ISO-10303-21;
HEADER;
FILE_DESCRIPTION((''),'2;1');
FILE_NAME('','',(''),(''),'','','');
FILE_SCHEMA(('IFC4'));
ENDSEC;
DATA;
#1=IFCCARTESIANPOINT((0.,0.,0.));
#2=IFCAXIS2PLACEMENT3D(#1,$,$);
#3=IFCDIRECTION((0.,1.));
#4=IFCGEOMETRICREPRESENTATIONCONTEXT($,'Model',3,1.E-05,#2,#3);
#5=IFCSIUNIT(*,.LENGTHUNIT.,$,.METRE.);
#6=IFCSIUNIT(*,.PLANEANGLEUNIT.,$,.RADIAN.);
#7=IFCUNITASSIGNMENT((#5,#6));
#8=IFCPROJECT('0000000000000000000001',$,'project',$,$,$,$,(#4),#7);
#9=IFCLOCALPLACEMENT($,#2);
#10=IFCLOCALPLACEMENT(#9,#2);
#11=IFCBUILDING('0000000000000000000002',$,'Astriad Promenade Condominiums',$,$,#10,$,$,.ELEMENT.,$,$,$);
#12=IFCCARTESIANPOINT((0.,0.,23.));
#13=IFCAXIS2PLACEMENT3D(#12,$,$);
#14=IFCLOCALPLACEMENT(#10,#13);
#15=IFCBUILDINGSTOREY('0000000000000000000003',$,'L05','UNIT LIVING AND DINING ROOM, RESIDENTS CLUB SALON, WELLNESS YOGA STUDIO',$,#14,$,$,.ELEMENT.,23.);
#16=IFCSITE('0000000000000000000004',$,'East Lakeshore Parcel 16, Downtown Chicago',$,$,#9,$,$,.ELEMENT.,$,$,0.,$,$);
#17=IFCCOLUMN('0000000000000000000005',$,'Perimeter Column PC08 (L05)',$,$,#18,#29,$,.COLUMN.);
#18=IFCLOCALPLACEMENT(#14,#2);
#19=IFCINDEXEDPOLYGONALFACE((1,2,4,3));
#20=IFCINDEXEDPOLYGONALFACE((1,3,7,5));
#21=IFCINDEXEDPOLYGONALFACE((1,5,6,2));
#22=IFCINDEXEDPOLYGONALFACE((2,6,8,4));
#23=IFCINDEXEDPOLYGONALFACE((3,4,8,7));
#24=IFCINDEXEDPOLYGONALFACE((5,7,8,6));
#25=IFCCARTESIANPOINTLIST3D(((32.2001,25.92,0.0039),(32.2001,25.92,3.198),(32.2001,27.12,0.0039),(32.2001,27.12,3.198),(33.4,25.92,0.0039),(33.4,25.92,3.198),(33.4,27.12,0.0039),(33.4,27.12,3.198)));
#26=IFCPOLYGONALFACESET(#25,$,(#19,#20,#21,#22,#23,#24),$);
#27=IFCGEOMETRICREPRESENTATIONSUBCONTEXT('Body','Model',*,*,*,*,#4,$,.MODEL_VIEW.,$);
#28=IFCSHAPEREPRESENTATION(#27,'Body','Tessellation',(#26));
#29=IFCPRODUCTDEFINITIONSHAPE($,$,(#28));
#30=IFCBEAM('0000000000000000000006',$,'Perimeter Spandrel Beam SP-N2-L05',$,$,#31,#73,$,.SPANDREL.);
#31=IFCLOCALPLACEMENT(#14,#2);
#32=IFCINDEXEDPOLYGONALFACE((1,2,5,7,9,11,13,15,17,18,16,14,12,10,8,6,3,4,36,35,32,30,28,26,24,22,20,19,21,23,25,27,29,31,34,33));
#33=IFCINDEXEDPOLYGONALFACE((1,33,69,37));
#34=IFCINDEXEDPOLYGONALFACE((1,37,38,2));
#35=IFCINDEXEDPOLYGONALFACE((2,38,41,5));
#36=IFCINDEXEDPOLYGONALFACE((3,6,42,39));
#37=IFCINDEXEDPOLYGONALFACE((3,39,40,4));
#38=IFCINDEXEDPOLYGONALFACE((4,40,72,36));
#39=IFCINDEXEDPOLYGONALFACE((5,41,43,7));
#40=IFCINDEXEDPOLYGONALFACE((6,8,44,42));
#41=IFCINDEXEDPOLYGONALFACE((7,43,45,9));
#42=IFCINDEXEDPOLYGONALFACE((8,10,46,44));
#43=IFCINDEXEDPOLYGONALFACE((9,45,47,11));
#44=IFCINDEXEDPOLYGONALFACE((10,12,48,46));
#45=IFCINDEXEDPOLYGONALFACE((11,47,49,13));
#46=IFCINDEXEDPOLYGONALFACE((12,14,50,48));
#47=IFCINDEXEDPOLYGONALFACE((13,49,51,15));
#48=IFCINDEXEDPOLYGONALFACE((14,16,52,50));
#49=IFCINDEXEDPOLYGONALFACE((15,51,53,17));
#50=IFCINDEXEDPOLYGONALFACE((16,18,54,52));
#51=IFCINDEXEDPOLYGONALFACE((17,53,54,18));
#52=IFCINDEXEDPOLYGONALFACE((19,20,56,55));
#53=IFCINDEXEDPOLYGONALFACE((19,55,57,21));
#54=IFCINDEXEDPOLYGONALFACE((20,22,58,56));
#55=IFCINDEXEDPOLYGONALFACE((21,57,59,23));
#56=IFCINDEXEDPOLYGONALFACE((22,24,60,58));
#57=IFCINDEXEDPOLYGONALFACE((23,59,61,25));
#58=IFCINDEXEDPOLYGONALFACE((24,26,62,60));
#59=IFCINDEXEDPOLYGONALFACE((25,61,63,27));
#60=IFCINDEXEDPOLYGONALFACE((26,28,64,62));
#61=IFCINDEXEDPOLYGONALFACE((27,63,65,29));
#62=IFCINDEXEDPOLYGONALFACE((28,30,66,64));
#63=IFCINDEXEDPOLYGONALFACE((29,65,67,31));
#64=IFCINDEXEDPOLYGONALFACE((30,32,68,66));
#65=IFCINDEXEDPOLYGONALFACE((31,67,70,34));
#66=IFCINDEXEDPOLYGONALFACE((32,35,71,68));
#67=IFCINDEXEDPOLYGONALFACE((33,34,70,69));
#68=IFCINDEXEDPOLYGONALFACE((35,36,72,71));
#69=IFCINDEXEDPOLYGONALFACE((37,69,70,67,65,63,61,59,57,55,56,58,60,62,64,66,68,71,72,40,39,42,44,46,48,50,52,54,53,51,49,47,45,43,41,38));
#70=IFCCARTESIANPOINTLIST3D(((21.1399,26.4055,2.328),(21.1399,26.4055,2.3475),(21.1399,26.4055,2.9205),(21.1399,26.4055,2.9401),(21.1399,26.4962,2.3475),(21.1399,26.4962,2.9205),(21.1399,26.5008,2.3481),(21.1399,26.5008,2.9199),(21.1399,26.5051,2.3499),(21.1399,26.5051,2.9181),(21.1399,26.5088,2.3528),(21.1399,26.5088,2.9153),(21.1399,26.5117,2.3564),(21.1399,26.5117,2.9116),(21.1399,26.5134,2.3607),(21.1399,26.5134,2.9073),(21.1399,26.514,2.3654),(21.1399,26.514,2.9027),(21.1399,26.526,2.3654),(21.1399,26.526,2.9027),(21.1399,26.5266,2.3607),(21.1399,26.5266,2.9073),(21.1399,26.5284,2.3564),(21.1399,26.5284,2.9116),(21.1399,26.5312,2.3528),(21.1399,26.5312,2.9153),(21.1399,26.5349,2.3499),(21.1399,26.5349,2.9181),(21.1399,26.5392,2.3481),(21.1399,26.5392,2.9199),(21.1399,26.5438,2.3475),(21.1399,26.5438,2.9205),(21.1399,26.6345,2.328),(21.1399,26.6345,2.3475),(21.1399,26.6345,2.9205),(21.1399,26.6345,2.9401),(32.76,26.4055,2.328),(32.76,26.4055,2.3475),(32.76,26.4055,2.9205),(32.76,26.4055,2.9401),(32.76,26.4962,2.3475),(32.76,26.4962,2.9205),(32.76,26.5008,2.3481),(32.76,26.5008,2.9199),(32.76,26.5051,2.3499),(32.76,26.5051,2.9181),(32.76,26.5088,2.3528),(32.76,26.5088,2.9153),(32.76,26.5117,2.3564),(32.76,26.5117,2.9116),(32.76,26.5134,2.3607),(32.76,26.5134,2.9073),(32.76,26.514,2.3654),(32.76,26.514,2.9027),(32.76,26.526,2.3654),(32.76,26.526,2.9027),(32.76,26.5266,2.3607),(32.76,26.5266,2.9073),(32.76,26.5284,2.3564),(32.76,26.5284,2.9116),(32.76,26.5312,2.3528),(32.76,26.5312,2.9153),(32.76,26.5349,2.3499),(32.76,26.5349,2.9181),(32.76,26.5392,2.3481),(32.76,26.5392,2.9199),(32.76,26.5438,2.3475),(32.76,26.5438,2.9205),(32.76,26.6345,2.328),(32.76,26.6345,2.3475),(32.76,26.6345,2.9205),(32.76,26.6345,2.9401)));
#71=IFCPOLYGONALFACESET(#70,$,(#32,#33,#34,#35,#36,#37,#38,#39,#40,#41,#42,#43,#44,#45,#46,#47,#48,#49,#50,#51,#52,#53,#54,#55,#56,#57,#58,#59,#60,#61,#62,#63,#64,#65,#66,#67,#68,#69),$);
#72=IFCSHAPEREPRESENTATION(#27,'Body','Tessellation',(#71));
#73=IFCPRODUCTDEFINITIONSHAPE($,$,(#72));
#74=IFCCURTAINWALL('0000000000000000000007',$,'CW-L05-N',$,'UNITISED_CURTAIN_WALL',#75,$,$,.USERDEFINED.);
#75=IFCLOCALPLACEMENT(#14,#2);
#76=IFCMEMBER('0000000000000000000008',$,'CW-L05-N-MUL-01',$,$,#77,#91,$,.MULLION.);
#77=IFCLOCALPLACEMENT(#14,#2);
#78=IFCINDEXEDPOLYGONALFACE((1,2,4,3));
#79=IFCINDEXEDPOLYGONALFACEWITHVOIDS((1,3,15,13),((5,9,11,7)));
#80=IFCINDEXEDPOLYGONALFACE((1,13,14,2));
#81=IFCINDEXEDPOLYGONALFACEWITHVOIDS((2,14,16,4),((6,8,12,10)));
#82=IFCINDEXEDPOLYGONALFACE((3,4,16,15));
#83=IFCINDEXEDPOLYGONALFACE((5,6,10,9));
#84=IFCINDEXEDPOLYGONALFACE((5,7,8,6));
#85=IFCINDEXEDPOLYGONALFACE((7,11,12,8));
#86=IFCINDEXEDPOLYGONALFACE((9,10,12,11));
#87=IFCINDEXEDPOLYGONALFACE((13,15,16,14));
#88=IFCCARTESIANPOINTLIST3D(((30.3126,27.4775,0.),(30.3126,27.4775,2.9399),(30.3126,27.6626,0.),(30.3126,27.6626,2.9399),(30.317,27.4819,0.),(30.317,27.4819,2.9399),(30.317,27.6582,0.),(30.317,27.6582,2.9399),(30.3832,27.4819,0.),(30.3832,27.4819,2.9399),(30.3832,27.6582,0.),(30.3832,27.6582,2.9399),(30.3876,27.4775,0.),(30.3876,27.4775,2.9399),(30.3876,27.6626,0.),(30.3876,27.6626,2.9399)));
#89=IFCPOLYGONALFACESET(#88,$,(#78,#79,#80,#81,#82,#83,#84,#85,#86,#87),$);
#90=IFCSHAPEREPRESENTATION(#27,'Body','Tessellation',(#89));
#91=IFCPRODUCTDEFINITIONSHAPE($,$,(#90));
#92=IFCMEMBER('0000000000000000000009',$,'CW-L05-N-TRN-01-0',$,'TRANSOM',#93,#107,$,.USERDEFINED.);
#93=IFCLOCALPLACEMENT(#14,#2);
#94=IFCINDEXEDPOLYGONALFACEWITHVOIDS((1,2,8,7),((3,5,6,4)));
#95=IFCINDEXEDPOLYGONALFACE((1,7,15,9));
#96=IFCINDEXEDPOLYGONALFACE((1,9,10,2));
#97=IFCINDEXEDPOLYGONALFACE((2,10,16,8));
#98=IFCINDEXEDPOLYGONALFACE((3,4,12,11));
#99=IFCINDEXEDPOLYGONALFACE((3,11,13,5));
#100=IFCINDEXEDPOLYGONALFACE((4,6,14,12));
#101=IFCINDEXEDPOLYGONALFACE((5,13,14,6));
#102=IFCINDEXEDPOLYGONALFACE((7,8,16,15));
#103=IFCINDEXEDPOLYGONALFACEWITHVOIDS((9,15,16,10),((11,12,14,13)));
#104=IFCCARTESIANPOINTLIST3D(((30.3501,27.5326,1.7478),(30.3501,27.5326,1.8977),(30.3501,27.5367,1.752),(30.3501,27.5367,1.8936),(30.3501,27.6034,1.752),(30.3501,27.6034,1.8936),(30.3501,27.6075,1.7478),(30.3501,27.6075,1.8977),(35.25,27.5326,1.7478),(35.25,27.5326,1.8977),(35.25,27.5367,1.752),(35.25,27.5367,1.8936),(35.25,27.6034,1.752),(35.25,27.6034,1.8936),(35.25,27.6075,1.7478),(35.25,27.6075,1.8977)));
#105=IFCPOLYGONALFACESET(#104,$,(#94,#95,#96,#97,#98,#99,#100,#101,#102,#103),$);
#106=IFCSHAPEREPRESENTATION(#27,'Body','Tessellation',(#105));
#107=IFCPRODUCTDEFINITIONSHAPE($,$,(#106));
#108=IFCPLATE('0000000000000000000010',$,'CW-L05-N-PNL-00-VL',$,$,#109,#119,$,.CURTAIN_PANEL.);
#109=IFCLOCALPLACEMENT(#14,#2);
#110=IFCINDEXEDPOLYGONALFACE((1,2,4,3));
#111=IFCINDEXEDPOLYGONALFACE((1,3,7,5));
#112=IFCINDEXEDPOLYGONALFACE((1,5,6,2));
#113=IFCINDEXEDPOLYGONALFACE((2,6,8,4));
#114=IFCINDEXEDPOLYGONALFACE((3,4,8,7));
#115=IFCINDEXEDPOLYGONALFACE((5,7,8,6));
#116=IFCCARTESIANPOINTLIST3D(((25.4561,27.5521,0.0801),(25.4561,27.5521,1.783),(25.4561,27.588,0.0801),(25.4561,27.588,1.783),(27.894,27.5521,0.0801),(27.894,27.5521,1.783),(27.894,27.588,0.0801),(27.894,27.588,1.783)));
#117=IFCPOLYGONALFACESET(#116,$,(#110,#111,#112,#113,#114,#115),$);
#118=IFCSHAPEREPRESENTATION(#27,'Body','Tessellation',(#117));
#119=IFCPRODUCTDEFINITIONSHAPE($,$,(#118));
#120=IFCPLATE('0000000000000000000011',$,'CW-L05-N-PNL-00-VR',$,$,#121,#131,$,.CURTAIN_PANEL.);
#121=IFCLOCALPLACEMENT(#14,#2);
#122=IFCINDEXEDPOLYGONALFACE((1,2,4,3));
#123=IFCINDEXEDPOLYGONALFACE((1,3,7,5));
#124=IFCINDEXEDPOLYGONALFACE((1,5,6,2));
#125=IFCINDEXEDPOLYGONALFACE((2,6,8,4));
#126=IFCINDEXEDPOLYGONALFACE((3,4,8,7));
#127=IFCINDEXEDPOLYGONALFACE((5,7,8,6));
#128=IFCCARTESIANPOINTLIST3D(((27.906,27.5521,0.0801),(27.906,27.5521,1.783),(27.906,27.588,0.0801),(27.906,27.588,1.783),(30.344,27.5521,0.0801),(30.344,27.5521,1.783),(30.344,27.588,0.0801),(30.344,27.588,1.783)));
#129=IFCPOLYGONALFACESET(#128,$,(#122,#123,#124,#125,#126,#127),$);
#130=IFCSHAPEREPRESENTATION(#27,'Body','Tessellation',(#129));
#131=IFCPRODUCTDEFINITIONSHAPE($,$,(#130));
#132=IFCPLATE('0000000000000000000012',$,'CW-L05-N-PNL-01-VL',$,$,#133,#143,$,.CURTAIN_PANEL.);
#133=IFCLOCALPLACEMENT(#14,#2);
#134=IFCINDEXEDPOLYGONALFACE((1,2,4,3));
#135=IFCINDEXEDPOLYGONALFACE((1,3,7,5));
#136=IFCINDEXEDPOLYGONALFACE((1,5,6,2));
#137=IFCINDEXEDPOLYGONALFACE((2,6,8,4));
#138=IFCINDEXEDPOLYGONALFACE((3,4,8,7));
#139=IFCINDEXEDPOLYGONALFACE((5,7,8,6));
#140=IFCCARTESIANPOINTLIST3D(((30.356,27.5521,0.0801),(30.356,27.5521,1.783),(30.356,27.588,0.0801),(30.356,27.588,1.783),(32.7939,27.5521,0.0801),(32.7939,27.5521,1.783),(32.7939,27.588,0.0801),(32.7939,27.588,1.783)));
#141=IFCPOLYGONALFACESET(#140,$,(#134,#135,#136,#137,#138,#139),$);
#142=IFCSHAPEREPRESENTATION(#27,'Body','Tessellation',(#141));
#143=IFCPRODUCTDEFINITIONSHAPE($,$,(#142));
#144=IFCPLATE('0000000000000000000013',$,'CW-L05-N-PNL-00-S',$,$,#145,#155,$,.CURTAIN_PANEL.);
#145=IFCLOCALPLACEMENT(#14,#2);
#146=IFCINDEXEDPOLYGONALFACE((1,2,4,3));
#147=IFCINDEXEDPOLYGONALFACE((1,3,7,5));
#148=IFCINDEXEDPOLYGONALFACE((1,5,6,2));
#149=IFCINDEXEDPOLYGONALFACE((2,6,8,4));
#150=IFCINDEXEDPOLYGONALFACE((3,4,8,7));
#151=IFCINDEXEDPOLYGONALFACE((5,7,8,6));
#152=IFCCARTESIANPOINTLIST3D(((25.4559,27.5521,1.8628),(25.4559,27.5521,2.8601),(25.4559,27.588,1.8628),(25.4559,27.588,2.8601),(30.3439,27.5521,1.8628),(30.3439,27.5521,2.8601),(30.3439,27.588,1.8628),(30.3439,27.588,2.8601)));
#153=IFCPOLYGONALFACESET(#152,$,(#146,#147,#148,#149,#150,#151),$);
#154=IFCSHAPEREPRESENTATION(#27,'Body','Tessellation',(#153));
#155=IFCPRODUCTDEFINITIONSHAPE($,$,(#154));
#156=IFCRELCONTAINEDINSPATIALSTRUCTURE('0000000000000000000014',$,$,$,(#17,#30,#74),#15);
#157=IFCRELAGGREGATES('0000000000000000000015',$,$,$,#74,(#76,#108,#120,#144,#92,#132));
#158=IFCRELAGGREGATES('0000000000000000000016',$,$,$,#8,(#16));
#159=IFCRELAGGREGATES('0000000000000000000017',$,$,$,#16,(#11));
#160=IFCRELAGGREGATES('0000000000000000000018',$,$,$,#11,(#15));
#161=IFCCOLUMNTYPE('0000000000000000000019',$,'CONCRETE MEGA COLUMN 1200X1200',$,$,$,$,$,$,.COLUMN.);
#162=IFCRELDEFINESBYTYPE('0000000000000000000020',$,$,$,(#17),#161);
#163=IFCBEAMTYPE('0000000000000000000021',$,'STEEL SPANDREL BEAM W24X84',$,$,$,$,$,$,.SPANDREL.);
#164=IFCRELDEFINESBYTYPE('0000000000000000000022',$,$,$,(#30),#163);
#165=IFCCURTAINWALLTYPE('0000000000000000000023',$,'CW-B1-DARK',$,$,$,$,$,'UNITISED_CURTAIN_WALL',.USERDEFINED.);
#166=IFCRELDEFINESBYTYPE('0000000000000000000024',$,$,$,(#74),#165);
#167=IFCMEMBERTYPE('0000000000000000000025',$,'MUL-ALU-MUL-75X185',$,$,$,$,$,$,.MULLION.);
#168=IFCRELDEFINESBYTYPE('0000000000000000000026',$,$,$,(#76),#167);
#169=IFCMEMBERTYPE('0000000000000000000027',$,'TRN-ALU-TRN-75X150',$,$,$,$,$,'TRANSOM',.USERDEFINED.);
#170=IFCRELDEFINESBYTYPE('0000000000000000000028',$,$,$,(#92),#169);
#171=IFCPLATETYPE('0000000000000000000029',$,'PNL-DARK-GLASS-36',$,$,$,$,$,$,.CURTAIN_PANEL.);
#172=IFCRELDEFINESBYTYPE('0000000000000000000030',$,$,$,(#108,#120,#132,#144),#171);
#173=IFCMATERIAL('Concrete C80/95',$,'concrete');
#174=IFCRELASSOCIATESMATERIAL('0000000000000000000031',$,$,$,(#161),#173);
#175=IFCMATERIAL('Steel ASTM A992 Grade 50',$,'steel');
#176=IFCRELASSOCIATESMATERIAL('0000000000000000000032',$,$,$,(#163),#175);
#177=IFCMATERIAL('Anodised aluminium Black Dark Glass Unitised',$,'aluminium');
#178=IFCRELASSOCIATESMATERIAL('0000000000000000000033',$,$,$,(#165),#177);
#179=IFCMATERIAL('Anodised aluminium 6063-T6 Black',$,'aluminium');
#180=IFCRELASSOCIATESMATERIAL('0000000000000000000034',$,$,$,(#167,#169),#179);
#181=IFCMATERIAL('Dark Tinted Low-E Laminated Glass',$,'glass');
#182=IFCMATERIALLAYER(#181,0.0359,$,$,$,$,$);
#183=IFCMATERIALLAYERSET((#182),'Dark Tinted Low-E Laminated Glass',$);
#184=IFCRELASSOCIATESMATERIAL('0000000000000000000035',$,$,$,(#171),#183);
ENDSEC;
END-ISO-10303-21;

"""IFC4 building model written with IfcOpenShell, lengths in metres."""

from ifc_helpers import new_model, si_unit, direction, frame, origin, origin_2d, place, context, subcontext, project, spatial, rectangle, hollow_rectangle, i_section, extrude, source, transform, mapped, material, layer, layer_set, material_profile, profile_set, type_object, type_shapes, element, aggregate, save


model = new_model("IFC4")

# Units and contexts
model_context = context("Model", 3, precision=1e-05, world=origin(), true_north=direction((0.0, 1.0)))
body_context = subcontext(model_context, "Body", "Model", "MODEL_VIEW")
ifc_project = project(units=[si_unit("LENGTHUNIT", "METRE"), si_unit("PLANEANGLEUNIT", "RADIAN")], contexts=[model_context])

# Site, building, storey
site_placement = place(None, origin())
site = spatial("IfcSite", under=ifc_project, at=site_placement, Name="East Lakeshore Parcel 16, Downtown Chicago", CompositionType="ELEMENT", RefElevation=0.0)
building_placement = place(site_placement, origin())
building = spatial("IfcBuilding", under=site, at=building_placement, Name="Astriad Promenade Condominiums", CompositionType="ELEMENT")
storey_placement = place(building_placement, frame((0.0, 0.0, 23.0)))
storey = spatial("IfcBuildingStorey", under=building, at=storey_placement, Name="L05", Description="UNIT LIVING AND DINING ROOM, RESIDENTS CLUB SALON, WELLNESS YOGA STUDIO", CompositionType="ELEMENT", Elevation=23.0)

# Column
ifc_material_1 = material(Name="Concrete C80/95", Category="concrete")
ifc_material_profile_1 = material_profile(ifc_material_1, rectangle(XDim=1.2, YDim=1.2, at=origin_2d()), Name="RC-COL-1200X1200")
ifc_profile_set_1 = profile_set([ifc_material_profile_1], Name="Concrete C80/95")
column_type = type_object("IfcColumnType", Name="CONCRETE MEGA COLUMN 1200X1200", PredefinedType="COLUMN", material=ifc_profile_set_1)
shared_shape_1 = source(origin(), body_context, "Body", "SweptSolid", [
    extrude(rectangle(XDim=1.2, YDim=1.2, at=origin_2d()), origin(), (0.0, 0.0, 1.0), 3.1941),
])
type_shapes(column_type, [shared_shape_1])
column_placement = place(storey_placement, frame((32.8, 26.52, 0.0039), z_axis=(0.0, 0.0, 1.0), x_axis=(1.0, 0.0, 0.0)))
element("IfcColumn", 1, at=column_placement, inside=storey, type_object=column_type, Name="Perimeter Column PC08 (L05)", PredefinedType="COLUMN", context=body_context, shape_type="MappedRepresentation", body=[
    mapped(shared_shape_1, transform((0.0, 0.0, 0.0), scale=1.0)),
])

# Beam
ifc_material_2 = material(Name="Steel ASTM A992 Grade 50", Category="steel")
ifc_material_profile_2 = material_profile(ifc_material_2, i_section(OverallWidth=0.229, OverallDepth=0.6121, WebThickness=0.012, FlangeThickness=0.0195, FilletRadius=0.0178, at=origin_2d()), Name="W24X84")
ifc_profile_set_2 = profile_set([ifc_material_profile_2], Name="Steel ASTM A992 Grade 50")
beam_type = type_object("IfcBeamType", Name="STEEL SPANDREL BEAM W24X84", PredefinedType="SPANDREL", material=ifc_profile_set_2)
shared_shape_2 = source(origin(), body_context, "Body", "SweptSolid", [
    extrude(i_section(OverallWidth=0.229, OverallDepth=0.6121, WebThickness=0.012, FlangeThickness=0.0195, FilletRadius=0.0178, at=origin_2d()), origin(), (0.0, 0.0, 1.0), 11.6201),
])
type_shapes(beam_type, [shared_shape_2])
beam_placement = place(storey_placement, frame((32.76, 26.52, 2.634), z_axis=(-1.0, 0.0, 0.0), x_axis=(0.0, -1.0, 0.0)))
element("IfcBeam", 2, at=beam_placement, inside=storey, type_object=beam_type, Name="Perimeter Spandrel Beam SP-N2-L05", PredefinedType="SPANDREL", context=body_context, shape_type="MappedRepresentation", body=[
    mapped(shared_shape_2, transform((0.0, 0.0, 0.0), scale=1.0)),
])

# Curtain wall, members, plates
ifc_material_3 = material(Name="Anodised aluminium Black Dark Glass Unitised", Category="aluminium")
curtain_wall_type = type_object("IfcCurtainWallType", Name="CW-B1-DARK", ElementType="UNITISED_CURTAIN_WALL", PredefinedType="USERDEFINED", material=ifc_material_3)
curtain_wall_placement = place(storey_placement, origin())
curtain_wall = element("IfcCurtainWall", 3, at=curtain_wall_placement, inside=storey, type_object=curtain_wall_type, Name="CW-L05-N", ObjectType="UNITISED_CURTAIN_WALL", PredefinedType="USERDEFINED")
ifc_material_4 = material(Name="Anodised aluminium 6063-T6 Black", Category="aluminium")
ifc_material_profile_3 = material_profile(ifc_material_4, hollow_rectangle(XDim=0.075, YDim=0.1851, WallThickness=0.0044, at=origin_2d()), Name="ALU-MUL-75X185")
ifc_profile_set_3 = profile_set([ifc_material_profile_3], Name="Anodised aluminium 6063-T6 Black")
member_type_1 = type_object("IfcMemberType", Name="MUL-ALU-MUL-75X185", PredefinedType="MULLION", material=ifc_profile_set_3)
shared_shape_3 = source(origin(), body_context, "Body", "SweptSolid", [
    extrude(hollow_rectangle(XDim=0.075, YDim=0.1851, WallThickness=0.0044, at=origin_2d()), origin(), (0.0, 0.0, 1.0), 2.9399),
])
type_shapes(member_type_1, [shared_shape_3])
member_1_placement = place(storey_placement, frame((30.3501, 27.5701, 0.0), z_axis=(0.0, 0.0, 1.0), x_axis=(1.0, 0.0, 0.0)))
member_1 = element("IfcMember", 4, at=member_1_placement, type_object=member_type_1, Name="CW-L05-N-MUL-01", PredefinedType="MULLION", context=body_context, shape_type="MappedRepresentation", body=[
    mapped(shared_shape_3, transform((0.0, 0.0, 0.0), scale=1.0)),
])
ifc_material_profile_4 = material_profile(ifc_material_4, hollow_rectangle(XDim=0.075, YDim=0.1499, WallThickness=0.0042, at=origin_2d()), Name="ALU-TRN-75X150")
ifc_profile_set_4 = profile_set([ifc_material_profile_4], Name="Anodised aluminium 6063-T6 Black")
member_type_2 = type_object("IfcMemberType", Name="TRN-ALU-TRN-75X150", ElementType="TRANSOM", PredefinedType="USERDEFINED", material=ifc_profile_set_4)
shared_shape_4 = source(origin(), body_context, "Body", "SweptSolid", [
    extrude(hollow_rectangle(XDim=0.075, YDim=0.1499, WallThickness=0.0042, at=origin_2d()), origin(), (0.0, 0.0, 1.0), 4.8999),
])
type_shapes(member_type_2, [shared_shape_4])
member_2_placement = place(storey_placement, frame((30.3501, 27.5701, 1.8228), z_axis=(1.0, 0.0, 0.0), x_axis=(0.0, 1.0, 0.0)))
member_2 = element("IfcMember", 5, at=member_2_placement, type_object=member_type_2, Name="CW-L05-N-TRN-01-0", ObjectType="TRANSOM", PredefinedType="USERDEFINED", context=body_context, shape_type="MappedRepresentation", body=[
    mapped(shared_shape_4, transform((0.0, 0.0, 0.0), scale=1.0)),
])
ifc_material_5 = material(Name="Dark Tinted Low-E Laminated Glass", Category="glass")
ifc_layer_1 = layer(ifc_material_5, 0.0359)
ifc_layer_set_1 = layer_set([ifc_layer_1], Name="Dark Tinted Low-E Laminated Glass")
plate_type = type_object("IfcPlateType", Name="PNL-DARK-GLASS-36", PredefinedType="CURTAIN_PANEL", material=ifc_layer_set_1)
shared_shape_5 = source(origin(), body_context, "Body", "SweptSolid", [
    extrude(rectangle(XDim=2.438, YDim=0.0359, at=origin_2d()), origin(), (0.0, 0.0, 1.0), 1.7029),
])
plate_1_placement = place(storey_placement, frame((26.675, 27.5701, 0.0801), z_axis=(0.0, 0.0, 1.0), x_axis=(1.0, 0.0, 0.0)))
plate_1 = element("IfcPlate", 6, at=plate_1_placement, type_object=plate_type, Name="CW-L05-N-PNL-00-VL", PredefinedType="CURTAIN_PANEL", context=body_context, shape_type="MappedRepresentation", body=[
    mapped(shared_shape_5, transform((0.0, 0.0, 0.0), scale=1.0)),
])
plate_2_placement = place(storey_placement, frame((29.125, 27.5701, 0.0801), z_axis=(0.0, 0.0, 1.0), x_axis=(1.0, 0.0, 0.0)))
plate_2 = element("IfcPlate", 7, at=plate_2_placement, type_object=plate_type, Name="CW-L05-N-PNL-00-VR", PredefinedType="CURTAIN_PANEL", context=body_context, shape_type="MappedRepresentation", body=[
    mapped(shared_shape_5, transform((0.0, 0.0, 0.0), scale=1.0)),
])
plate_3_placement = place(storey_placement, frame((31.575, 27.5701, 0.0801), z_axis=(0.0, 0.0, 1.0), x_axis=(1.0, 0.0, 0.0)))
plate_3 = element("IfcPlate", 8, at=plate_3_placement, type_object=plate_type, Name="CW-L05-N-PNL-01-VL", PredefinedType="CURTAIN_PANEL", context=body_context, shape_type="MappedRepresentation", body=[
    mapped(shared_shape_5, transform((0.0, 0.0, 0.0), scale=1.0)),
])
shared_shape_6 = source(origin(), body_context, "Body", "SweptSolid", [
    extrude(rectangle(XDim=4.8879, YDim=0.0359, at=origin_2d()), origin(), (0.0, 0.0, 1.0), 0.9973),
])
type_shapes(plate_type, [shared_shape_5, shared_shape_6])
plate_4_placement = place(storey_placement, frame((27.8999, 27.5701, 1.8628), z_axis=(0.0, 0.0, 1.0), x_axis=(1.0, 0.0, 0.0)))
plate_4 = element("IfcPlate", 9, at=plate_4_placement, type_object=plate_type, Name="CW-L05-N-PNL-00-S", PredefinedType="CURTAIN_PANEL", context=body_context, shape_type="MappedRepresentation", body=[
    mapped(shared_shape_6, transform((0.0, 0.0, 0.0), scale=1.0)),
])
aggregate(curtain_wall, [member_1, plate_1, plate_2, plate_4, member_2, plate_3])

save(model, "model.ifc")
